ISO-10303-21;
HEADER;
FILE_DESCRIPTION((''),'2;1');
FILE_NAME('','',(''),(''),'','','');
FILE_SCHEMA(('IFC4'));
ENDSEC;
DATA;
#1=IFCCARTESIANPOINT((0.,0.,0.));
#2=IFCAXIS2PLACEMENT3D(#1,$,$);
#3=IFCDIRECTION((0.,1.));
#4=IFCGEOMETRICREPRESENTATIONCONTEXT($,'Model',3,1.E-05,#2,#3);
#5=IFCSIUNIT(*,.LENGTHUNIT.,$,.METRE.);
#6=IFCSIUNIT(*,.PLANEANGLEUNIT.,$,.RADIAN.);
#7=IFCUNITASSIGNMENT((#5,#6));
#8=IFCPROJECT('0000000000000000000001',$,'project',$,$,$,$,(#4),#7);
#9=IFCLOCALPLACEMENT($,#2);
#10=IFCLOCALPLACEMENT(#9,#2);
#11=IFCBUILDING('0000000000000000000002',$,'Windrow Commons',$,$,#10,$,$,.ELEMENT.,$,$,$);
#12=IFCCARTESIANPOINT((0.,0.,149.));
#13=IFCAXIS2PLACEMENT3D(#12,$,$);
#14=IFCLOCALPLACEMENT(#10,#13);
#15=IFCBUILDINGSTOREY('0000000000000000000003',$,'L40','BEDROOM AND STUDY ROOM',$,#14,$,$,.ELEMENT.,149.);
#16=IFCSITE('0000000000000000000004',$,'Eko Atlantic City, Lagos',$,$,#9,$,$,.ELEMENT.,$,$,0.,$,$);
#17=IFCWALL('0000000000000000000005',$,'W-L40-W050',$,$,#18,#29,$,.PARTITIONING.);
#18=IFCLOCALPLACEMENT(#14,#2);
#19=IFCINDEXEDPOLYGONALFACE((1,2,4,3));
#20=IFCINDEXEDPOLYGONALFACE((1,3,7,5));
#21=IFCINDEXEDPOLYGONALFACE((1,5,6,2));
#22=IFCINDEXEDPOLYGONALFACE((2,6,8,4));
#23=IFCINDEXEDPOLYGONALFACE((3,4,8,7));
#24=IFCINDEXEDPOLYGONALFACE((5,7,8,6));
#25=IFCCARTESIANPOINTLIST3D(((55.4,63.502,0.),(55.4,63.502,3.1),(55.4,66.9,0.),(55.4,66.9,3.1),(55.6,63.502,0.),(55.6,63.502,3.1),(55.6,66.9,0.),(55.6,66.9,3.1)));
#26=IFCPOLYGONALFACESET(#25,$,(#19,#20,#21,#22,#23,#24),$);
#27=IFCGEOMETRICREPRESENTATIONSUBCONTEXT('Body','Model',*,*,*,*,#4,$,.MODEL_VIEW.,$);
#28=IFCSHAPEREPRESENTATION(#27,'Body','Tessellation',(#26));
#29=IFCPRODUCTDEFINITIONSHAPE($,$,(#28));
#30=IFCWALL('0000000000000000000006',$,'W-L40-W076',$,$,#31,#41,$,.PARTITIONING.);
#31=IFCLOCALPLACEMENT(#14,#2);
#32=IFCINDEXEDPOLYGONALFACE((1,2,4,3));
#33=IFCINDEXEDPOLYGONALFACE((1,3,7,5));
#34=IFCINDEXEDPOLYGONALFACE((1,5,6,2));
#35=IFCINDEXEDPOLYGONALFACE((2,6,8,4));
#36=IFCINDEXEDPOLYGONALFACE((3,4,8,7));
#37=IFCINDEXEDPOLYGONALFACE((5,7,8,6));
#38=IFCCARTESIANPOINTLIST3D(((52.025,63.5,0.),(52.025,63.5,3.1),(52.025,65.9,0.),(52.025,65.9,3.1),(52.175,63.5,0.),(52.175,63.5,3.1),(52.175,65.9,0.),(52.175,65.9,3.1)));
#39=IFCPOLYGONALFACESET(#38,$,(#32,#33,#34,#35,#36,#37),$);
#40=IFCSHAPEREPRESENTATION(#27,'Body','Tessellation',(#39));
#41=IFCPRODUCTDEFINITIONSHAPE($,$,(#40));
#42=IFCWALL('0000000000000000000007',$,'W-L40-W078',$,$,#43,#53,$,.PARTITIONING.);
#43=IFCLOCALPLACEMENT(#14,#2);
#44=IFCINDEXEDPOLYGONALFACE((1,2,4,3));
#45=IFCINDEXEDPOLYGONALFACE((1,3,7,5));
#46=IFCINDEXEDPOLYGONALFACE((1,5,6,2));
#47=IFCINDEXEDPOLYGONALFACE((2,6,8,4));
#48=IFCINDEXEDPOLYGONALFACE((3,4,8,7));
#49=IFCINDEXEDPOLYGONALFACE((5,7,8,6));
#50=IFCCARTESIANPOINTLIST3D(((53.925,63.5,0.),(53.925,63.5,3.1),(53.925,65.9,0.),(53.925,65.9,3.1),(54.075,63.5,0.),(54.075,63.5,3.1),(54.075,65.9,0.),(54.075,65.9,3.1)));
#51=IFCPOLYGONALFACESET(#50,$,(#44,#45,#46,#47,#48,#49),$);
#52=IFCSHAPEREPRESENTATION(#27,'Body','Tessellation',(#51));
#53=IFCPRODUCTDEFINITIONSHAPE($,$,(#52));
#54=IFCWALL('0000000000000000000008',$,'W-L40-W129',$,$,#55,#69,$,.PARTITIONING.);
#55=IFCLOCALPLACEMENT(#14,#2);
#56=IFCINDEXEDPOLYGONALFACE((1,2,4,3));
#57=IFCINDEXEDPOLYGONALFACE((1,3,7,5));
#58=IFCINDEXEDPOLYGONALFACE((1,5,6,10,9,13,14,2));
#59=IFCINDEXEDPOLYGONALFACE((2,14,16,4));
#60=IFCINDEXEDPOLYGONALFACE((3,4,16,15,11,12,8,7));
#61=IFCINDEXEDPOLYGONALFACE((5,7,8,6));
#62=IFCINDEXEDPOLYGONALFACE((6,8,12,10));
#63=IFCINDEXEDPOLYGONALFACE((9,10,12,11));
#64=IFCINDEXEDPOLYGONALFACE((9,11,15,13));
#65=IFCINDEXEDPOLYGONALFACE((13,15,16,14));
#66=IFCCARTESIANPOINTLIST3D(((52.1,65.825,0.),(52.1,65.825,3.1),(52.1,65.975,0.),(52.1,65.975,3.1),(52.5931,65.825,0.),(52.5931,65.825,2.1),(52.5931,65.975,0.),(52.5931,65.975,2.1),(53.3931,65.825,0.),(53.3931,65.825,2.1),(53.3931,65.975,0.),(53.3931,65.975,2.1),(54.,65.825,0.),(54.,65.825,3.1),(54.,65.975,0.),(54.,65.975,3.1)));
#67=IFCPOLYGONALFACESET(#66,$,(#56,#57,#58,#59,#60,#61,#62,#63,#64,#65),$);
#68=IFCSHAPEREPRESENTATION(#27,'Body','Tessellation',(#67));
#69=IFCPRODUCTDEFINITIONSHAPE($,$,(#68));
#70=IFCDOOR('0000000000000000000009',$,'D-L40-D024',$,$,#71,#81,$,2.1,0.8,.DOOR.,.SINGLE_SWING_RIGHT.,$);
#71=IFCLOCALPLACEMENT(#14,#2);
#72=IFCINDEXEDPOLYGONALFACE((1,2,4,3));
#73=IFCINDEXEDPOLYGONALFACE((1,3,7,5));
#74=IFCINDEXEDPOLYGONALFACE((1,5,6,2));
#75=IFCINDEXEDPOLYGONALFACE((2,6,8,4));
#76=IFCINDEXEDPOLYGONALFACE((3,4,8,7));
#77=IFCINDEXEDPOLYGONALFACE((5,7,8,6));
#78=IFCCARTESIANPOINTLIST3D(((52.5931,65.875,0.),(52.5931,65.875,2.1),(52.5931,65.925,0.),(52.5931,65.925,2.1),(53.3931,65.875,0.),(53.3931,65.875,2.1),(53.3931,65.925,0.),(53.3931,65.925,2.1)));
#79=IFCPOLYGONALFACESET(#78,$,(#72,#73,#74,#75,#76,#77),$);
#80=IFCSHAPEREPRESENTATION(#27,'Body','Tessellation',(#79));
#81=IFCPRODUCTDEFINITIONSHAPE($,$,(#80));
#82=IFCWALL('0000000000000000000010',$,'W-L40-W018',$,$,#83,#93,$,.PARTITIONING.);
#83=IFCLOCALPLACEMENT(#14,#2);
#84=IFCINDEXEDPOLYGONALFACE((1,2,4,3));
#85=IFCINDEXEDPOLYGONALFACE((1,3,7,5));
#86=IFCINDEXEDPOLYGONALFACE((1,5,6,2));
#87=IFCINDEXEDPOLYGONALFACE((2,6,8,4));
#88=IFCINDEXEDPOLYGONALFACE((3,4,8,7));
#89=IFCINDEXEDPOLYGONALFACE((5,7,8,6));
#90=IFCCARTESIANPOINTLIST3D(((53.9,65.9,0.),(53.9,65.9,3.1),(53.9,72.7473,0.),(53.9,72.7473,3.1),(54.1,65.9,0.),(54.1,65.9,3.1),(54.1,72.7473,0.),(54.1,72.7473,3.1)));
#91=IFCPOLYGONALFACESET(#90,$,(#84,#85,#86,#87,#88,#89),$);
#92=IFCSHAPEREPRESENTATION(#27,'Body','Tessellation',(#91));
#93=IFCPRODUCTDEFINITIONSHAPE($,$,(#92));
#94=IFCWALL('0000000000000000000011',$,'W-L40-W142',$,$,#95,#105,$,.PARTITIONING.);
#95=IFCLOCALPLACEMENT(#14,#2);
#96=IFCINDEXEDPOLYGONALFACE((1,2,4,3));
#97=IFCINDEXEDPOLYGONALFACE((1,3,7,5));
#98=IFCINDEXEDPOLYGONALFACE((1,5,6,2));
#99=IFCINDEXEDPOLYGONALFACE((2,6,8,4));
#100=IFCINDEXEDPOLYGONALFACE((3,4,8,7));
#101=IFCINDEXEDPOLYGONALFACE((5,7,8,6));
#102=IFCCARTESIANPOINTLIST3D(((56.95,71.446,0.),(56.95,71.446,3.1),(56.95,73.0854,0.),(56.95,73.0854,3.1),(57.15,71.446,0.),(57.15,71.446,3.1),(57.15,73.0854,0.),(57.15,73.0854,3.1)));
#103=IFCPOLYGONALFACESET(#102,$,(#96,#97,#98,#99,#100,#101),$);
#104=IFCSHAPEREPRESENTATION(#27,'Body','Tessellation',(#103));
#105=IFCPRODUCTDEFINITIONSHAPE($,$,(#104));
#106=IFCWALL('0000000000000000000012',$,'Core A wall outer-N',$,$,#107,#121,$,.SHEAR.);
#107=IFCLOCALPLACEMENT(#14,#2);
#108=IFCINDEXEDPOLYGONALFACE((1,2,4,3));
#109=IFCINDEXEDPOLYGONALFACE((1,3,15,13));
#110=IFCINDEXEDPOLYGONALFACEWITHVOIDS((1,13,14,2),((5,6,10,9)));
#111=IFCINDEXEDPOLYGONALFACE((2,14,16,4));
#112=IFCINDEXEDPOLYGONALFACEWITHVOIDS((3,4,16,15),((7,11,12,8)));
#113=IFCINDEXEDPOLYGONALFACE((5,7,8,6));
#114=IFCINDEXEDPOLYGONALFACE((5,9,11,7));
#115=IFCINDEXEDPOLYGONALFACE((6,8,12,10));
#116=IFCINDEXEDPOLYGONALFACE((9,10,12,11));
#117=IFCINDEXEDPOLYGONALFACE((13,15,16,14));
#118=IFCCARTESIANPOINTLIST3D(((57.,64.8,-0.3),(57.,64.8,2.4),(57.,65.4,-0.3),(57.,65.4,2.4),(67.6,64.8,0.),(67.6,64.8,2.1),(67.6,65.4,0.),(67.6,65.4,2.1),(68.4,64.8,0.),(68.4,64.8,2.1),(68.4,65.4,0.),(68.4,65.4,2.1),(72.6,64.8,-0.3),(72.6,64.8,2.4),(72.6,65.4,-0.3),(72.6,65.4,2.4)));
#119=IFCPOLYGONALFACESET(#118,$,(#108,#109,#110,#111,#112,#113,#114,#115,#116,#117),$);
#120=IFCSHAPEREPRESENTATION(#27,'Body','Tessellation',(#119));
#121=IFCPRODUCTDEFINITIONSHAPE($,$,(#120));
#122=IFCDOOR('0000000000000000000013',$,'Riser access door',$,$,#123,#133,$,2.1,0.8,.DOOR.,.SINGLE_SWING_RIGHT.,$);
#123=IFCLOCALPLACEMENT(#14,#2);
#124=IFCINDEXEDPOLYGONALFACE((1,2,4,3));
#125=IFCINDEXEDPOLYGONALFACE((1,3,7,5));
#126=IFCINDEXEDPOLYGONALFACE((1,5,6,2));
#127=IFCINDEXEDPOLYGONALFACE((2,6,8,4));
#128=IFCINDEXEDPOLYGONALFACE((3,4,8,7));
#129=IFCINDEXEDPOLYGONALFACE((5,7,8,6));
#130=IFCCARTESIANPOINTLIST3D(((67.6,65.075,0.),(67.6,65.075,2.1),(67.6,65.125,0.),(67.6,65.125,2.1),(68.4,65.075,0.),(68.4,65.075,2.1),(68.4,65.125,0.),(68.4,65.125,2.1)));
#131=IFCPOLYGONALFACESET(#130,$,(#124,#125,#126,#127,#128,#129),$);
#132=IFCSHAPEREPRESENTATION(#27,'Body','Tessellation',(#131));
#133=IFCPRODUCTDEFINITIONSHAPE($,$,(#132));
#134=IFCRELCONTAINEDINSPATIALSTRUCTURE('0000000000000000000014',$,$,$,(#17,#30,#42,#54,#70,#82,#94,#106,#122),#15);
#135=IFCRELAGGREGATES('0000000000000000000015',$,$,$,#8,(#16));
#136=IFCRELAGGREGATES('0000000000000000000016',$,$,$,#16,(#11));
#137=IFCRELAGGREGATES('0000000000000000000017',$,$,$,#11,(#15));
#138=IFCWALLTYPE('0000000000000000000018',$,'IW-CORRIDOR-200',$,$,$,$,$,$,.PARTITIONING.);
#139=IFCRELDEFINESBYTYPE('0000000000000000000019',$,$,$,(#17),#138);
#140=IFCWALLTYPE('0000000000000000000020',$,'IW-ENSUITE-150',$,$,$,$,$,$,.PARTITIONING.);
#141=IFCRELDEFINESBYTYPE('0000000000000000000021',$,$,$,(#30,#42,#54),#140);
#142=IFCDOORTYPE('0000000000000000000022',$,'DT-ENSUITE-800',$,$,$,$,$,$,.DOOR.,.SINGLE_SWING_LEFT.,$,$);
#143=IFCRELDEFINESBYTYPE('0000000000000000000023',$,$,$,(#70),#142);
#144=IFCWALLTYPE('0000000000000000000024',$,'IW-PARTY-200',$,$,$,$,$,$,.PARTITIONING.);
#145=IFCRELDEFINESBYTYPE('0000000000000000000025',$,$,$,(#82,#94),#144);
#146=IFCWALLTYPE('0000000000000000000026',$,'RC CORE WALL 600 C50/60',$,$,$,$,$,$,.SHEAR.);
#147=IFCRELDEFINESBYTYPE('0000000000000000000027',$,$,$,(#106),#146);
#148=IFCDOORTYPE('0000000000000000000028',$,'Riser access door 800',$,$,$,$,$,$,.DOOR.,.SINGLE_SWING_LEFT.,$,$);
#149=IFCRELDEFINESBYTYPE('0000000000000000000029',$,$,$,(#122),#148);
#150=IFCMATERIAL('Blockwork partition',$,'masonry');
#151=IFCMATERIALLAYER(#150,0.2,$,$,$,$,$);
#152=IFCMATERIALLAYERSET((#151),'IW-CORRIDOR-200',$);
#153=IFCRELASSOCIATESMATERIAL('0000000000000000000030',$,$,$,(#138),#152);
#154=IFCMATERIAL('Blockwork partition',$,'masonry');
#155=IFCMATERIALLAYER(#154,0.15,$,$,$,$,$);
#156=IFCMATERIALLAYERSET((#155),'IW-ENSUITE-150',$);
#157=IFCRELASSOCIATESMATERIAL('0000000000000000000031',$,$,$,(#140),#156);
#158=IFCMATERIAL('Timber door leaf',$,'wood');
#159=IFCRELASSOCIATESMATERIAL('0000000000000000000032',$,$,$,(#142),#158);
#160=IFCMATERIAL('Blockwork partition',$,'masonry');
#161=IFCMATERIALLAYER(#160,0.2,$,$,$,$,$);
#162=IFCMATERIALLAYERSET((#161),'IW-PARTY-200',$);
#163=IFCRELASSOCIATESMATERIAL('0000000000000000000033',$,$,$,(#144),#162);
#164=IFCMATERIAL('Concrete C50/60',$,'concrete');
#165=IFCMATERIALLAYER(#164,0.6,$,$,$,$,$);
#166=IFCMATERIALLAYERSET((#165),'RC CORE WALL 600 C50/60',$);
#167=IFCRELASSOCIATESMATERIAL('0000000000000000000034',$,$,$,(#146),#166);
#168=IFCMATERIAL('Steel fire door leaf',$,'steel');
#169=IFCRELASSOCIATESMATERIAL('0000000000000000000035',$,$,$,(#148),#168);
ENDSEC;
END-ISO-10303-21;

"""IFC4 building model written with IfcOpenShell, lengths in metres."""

from ifc_helpers import new_model, si_unit, direction, frame, frame_2d, origin, place, context, subcontext, project, spatial, rectangle, extrude, material, layer, layer_set, type_object, element, fill, save


model = new_model("IFC4")

# Units and contexts
model_context = context("Model", 3, precision=1e-05, world=origin(), true_north=direction((0.0, 1.0)))
body_context = subcontext(model_context, "Body", "Model", "MODEL_VIEW")
ifc_project = project(units=[si_unit("LENGTHUNIT", "METRE"), si_unit("PLANEANGLEUNIT", "RADIAN")], contexts=[model_context])

# Site, building, storey
site_placement = place(None, origin())
site = spatial("IfcSite", under=ifc_project, at=site_placement, Name="Eko Atlantic City, Lagos", CompositionType="ELEMENT", RefElevation=0.0)
building_placement = place(site_placement, origin())
building = spatial("IfcBuilding", under=site, at=building_placement, Name="Windrow Commons", CompositionType="ELEMENT")
storey_placement = place(building_placement, frame((0.0, 0.0, 149.0)))
storey = spatial("IfcBuildingStorey", under=building, at=storey_placement, Name="L40", Description="BEDROOM AND STUDY ROOM", CompositionType="ELEMENT", Elevation=149.0)

# Shared definitions
ifc_material_1 = material(Name="Blockwork partition", Category="masonry")
ifc_layer_1 = layer(ifc_material_1, 0.2)
ifc_layer_set_1 = layer_set([ifc_layer_1], Name="IW-CORRIDOR-200")
wall_type_1 = type_object("IfcWallType", Name="IW-CORRIDOR-200", PredefinedType="PARTITIONING", material=ifc_layer_set_1)

# Walls
wall_1_placement = place(storey_placement, frame((55.5, 63.502, 0.0), z_axis=(0.0, 0.0, 1.0), x_axis=(0.0, 1.0, 0.0)))
element("IfcWall", 1, at=wall_1_placement, inside=storey, type_object=wall_type_1, Name="W-L40-W050", PredefinedType="PARTITIONING", context=body_context, shape_type="SweptSolid", body=[
    extrude(rectangle(XDim=3.398, YDim=0.2, at=frame_2d((1.699, 0.0))), origin(), (0.0, 0.0, 1.0), 3.1),
])
ifc_material_2 = material(Name="Blockwork partition", Category="masonry")
ifc_layer_2 = layer(ifc_material_2, 0.15)
ifc_layer_set_2 = layer_set([ifc_layer_2], Name="IW-ENSUITE-150")
wall_type_2 = type_object("IfcWallType", Name="IW-ENSUITE-150", PredefinedType="PARTITIONING", material=ifc_layer_set_2)
for number, where, z_axis, x_axis, name in (
    (2, (52.1, 63.5, 0.0), (0.0, 0.0, 1.0), (0.0, 1.0, 0.0), "W-L40-W076"),
    (3, (54.0, 63.5, 0.0), (0.0, 0.0, 1.0), (0.0, 1.0, 0.0), "W-L40-W078"),
):
    element("IfcWall", number, at=place(storey_placement, frame(where, z_axis=z_axis, x_axis=x_axis)), inside=storey, type_object=wall_type_2, Name=name, PredefinedType="PARTITIONING", context=body_context, shape_type="SweptSolid", body=[
        extrude(rectangle(XDim=2.4, YDim=0.15, at=frame_2d((1.2, 0.0))), origin(), (0.0, 0.0, 1.0), 3.1),
    ])

# Wall, opening, door
wall_2_placement = place(storey_placement, frame((52.1, 65.9, 0.0), z_axis=(0.0, 0.0, 1.0), x_axis=(1.0, 0.0, 0.0)))
wall_2 = element("IfcWall", 4, at=wall_2_placement, inside=storey, type_object=wall_type_2, Name="W-L40-W129", PredefinedType="PARTITIONING", context=body_context, shape_type="SweptSolid", body=[
    extrude(rectangle(XDim=1.9, YDim=0.15, at=frame_2d((0.95, 0.0))), origin(), (0.0, 0.0, 1.0), 3.1),
])
opening_1_placement = place(wall_2_placement, frame((0.4931, 0.0, 0.0)))
opening_1 = element("IfcOpeningElement", 5, at=opening_1_placement, cuts=wall_2, PredefinedType="OPENING", context=body_context, shape_type="SweptSolid", body=[
    extrude(rectangle(XDim=0.8, YDim=2.1, at=frame_2d((0.4, 1.05))), frame((0.0, 0.085, 0.0), z_axis=(0.0, -1.0, 0.0), x_axis=(1.0, 0.0, 0.0)), (0.0, 0.0, 1.0), 0.17),
])
ifc_material_3 = material(Name="Timber door leaf", Category="wood")
door_type_1 = type_object("IfcDoorType", Name="DT-ENSUITE-800", OperationType="SINGLE_SWING_LEFT", PredefinedType="DOOR", material=ifc_material_3)
door_1_placement = place(opening_1_placement, origin())
door_1 = element("IfcDoor", 6, at=door_1_placement, inside=storey, type_object=door_type_1, Name="D-L40-D024", OperationType="SINGLE_SWING_RIGHT", OverallHeight=2.1, OverallWidth=0.8, PredefinedType="DOOR", context=body_context, shape_type="SweptSolid", body=[
    extrude(rectangle(XDim=0.8, YDim=2.1, at=frame_2d((0.4, 1.05))), frame((0.0, 0.025, 0.0), z_axis=(0.0, -1.0, 0.0), x_axis=(1.0, 0.0, 0.0)), (0.0, 0.0, 1.0), 0.05),
])
fill(opening_1, door_1)

# Walls
ifc_material_4 = material(Name="Blockwork partition", Category="masonry")
ifc_layer_3 = layer(ifc_material_4, 0.2)
ifc_layer_set_3 = layer_set([ifc_layer_3], Name="IW-PARTY-200")
wall_type_3 = type_object("IfcWallType", Name="IW-PARTY-200", PredefinedType="PARTITIONING", material=ifc_layer_set_3)
wall_3_placement = place(storey_placement, frame((54.0, 65.9, 0.0), z_axis=(0.0, 0.0, 1.0), x_axis=(0.0, 1.0, 0.0)))
element("IfcWall", 7, at=wall_3_placement, inside=storey, type_object=wall_type_3, Name="W-L40-W018", PredefinedType="PARTITIONING", context=body_context, shape_type="SweptSolid", body=[
    extrude(rectangle(XDim=6.8473, YDim=0.2, at=frame_2d((3.4236, 0.0))), origin(), (0.0, 0.0, 1.0), 3.1),
])
wall_4_placement = place(storey_placement, frame((57.05, 71.446, 0.0), z_axis=(0.0, 0.0, 1.0), x_axis=(0.0, 1.0, 0.0)))
element("IfcWall", 8, at=wall_4_placement, inside=storey, type_object=wall_type_3, Name="W-L40-W142", PredefinedType="PARTITIONING", context=body_context, shape_type="SweptSolid", body=[
    extrude(rectangle(XDim=1.6395, YDim=0.2, at=frame_2d((0.8197, 0.0))), origin(), (0.0, 0.0, 1.0), 3.1),
])

# Wall, opening, door
ifc_material_5 = material(Name="Concrete C50/60", Category="concrete")
ifc_layer_4 = layer(ifc_material_5, 0.6)
ifc_layer_set_4 = layer_set([ifc_layer_4], Name="RC CORE WALL 600 C50/60")
wall_type_4 = type_object("IfcWallType", Name="RC CORE WALL 600 C50/60", PredefinedType="SHEAR", material=ifc_layer_set_4)
wall_5_placement = place(storey_placement, frame((57.0, 65.1, -0.3), z_axis=(0.0, 0.0, 1.0), x_axis=(1.0, 0.0, 0.0)))
wall_5 = element("IfcWall", 9, at=wall_5_placement, inside=storey, type_object=wall_type_4, Name="Core A wall outer-N", PredefinedType="SHEAR", context=body_context, shape_type="SweptSolid", body=[
    extrude(rectangle(XDim=15.6, YDim=0.6, at=frame_2d((7.8, 0.0))), origin(), (0.0, 0.0, 1.0), 2.7),
])
opening_2_placement = place(wall_5_placement, frame((10.6, 0.0, 0.3)))
opening_2 = element("IfcOpeningElement", 10, at=opening_2_placement, cuts=wall_5, PredefinedType="OPENING", context=body_context, shape_type="SweptSolid", body=[
    extrude(rectangle(XDim=0.8, YDim=2.1, at=frame_2d((0.4, 1.05))), frame((0.0, 0.31, 0.0), z_axis=(0.0, -1.0, 0.0), x_axis=(1.0, 0.0, 0.0)), (0.0, 0.0, 1.0), 0.62),
])
ifc_material_6 = material(Name="Steel fire door leaf", Category="steel")
door_type_2 = type_object("IfcDoorType", Name="Riser access door 800", OperationType="SINGLE_SWING_LEFT", PredefinedType="DOOR", material=ifc_material_6)
door_2_placement = place(opening_2_placement, origin())
door_2 = element("IfcDoor", 11, at=door_2_placement, inside=storey, type_object=door_type_2, Name="Riser access door", OperationType="SINGLE_SWING_RIGHT", OverallHeight=2.1, OverallWidth=0.8, PredefinedType="DOOR", context=body_context, shape_type="SweptSolid", body=[
    extrude(rectangle(XDim=0.8, YDim=2.1, at=frame_2d((0.4, 1.05))), frame((0.0, 0.025, 0.0), z_axis=(0.0, -1.0, 0.0), x_axis=(1.0, 0.0, 0.0)), (0.0, 0.0, 1.0), 0.05),
])
fill(opening_2, door_2)

save(model, "model.ifc")
